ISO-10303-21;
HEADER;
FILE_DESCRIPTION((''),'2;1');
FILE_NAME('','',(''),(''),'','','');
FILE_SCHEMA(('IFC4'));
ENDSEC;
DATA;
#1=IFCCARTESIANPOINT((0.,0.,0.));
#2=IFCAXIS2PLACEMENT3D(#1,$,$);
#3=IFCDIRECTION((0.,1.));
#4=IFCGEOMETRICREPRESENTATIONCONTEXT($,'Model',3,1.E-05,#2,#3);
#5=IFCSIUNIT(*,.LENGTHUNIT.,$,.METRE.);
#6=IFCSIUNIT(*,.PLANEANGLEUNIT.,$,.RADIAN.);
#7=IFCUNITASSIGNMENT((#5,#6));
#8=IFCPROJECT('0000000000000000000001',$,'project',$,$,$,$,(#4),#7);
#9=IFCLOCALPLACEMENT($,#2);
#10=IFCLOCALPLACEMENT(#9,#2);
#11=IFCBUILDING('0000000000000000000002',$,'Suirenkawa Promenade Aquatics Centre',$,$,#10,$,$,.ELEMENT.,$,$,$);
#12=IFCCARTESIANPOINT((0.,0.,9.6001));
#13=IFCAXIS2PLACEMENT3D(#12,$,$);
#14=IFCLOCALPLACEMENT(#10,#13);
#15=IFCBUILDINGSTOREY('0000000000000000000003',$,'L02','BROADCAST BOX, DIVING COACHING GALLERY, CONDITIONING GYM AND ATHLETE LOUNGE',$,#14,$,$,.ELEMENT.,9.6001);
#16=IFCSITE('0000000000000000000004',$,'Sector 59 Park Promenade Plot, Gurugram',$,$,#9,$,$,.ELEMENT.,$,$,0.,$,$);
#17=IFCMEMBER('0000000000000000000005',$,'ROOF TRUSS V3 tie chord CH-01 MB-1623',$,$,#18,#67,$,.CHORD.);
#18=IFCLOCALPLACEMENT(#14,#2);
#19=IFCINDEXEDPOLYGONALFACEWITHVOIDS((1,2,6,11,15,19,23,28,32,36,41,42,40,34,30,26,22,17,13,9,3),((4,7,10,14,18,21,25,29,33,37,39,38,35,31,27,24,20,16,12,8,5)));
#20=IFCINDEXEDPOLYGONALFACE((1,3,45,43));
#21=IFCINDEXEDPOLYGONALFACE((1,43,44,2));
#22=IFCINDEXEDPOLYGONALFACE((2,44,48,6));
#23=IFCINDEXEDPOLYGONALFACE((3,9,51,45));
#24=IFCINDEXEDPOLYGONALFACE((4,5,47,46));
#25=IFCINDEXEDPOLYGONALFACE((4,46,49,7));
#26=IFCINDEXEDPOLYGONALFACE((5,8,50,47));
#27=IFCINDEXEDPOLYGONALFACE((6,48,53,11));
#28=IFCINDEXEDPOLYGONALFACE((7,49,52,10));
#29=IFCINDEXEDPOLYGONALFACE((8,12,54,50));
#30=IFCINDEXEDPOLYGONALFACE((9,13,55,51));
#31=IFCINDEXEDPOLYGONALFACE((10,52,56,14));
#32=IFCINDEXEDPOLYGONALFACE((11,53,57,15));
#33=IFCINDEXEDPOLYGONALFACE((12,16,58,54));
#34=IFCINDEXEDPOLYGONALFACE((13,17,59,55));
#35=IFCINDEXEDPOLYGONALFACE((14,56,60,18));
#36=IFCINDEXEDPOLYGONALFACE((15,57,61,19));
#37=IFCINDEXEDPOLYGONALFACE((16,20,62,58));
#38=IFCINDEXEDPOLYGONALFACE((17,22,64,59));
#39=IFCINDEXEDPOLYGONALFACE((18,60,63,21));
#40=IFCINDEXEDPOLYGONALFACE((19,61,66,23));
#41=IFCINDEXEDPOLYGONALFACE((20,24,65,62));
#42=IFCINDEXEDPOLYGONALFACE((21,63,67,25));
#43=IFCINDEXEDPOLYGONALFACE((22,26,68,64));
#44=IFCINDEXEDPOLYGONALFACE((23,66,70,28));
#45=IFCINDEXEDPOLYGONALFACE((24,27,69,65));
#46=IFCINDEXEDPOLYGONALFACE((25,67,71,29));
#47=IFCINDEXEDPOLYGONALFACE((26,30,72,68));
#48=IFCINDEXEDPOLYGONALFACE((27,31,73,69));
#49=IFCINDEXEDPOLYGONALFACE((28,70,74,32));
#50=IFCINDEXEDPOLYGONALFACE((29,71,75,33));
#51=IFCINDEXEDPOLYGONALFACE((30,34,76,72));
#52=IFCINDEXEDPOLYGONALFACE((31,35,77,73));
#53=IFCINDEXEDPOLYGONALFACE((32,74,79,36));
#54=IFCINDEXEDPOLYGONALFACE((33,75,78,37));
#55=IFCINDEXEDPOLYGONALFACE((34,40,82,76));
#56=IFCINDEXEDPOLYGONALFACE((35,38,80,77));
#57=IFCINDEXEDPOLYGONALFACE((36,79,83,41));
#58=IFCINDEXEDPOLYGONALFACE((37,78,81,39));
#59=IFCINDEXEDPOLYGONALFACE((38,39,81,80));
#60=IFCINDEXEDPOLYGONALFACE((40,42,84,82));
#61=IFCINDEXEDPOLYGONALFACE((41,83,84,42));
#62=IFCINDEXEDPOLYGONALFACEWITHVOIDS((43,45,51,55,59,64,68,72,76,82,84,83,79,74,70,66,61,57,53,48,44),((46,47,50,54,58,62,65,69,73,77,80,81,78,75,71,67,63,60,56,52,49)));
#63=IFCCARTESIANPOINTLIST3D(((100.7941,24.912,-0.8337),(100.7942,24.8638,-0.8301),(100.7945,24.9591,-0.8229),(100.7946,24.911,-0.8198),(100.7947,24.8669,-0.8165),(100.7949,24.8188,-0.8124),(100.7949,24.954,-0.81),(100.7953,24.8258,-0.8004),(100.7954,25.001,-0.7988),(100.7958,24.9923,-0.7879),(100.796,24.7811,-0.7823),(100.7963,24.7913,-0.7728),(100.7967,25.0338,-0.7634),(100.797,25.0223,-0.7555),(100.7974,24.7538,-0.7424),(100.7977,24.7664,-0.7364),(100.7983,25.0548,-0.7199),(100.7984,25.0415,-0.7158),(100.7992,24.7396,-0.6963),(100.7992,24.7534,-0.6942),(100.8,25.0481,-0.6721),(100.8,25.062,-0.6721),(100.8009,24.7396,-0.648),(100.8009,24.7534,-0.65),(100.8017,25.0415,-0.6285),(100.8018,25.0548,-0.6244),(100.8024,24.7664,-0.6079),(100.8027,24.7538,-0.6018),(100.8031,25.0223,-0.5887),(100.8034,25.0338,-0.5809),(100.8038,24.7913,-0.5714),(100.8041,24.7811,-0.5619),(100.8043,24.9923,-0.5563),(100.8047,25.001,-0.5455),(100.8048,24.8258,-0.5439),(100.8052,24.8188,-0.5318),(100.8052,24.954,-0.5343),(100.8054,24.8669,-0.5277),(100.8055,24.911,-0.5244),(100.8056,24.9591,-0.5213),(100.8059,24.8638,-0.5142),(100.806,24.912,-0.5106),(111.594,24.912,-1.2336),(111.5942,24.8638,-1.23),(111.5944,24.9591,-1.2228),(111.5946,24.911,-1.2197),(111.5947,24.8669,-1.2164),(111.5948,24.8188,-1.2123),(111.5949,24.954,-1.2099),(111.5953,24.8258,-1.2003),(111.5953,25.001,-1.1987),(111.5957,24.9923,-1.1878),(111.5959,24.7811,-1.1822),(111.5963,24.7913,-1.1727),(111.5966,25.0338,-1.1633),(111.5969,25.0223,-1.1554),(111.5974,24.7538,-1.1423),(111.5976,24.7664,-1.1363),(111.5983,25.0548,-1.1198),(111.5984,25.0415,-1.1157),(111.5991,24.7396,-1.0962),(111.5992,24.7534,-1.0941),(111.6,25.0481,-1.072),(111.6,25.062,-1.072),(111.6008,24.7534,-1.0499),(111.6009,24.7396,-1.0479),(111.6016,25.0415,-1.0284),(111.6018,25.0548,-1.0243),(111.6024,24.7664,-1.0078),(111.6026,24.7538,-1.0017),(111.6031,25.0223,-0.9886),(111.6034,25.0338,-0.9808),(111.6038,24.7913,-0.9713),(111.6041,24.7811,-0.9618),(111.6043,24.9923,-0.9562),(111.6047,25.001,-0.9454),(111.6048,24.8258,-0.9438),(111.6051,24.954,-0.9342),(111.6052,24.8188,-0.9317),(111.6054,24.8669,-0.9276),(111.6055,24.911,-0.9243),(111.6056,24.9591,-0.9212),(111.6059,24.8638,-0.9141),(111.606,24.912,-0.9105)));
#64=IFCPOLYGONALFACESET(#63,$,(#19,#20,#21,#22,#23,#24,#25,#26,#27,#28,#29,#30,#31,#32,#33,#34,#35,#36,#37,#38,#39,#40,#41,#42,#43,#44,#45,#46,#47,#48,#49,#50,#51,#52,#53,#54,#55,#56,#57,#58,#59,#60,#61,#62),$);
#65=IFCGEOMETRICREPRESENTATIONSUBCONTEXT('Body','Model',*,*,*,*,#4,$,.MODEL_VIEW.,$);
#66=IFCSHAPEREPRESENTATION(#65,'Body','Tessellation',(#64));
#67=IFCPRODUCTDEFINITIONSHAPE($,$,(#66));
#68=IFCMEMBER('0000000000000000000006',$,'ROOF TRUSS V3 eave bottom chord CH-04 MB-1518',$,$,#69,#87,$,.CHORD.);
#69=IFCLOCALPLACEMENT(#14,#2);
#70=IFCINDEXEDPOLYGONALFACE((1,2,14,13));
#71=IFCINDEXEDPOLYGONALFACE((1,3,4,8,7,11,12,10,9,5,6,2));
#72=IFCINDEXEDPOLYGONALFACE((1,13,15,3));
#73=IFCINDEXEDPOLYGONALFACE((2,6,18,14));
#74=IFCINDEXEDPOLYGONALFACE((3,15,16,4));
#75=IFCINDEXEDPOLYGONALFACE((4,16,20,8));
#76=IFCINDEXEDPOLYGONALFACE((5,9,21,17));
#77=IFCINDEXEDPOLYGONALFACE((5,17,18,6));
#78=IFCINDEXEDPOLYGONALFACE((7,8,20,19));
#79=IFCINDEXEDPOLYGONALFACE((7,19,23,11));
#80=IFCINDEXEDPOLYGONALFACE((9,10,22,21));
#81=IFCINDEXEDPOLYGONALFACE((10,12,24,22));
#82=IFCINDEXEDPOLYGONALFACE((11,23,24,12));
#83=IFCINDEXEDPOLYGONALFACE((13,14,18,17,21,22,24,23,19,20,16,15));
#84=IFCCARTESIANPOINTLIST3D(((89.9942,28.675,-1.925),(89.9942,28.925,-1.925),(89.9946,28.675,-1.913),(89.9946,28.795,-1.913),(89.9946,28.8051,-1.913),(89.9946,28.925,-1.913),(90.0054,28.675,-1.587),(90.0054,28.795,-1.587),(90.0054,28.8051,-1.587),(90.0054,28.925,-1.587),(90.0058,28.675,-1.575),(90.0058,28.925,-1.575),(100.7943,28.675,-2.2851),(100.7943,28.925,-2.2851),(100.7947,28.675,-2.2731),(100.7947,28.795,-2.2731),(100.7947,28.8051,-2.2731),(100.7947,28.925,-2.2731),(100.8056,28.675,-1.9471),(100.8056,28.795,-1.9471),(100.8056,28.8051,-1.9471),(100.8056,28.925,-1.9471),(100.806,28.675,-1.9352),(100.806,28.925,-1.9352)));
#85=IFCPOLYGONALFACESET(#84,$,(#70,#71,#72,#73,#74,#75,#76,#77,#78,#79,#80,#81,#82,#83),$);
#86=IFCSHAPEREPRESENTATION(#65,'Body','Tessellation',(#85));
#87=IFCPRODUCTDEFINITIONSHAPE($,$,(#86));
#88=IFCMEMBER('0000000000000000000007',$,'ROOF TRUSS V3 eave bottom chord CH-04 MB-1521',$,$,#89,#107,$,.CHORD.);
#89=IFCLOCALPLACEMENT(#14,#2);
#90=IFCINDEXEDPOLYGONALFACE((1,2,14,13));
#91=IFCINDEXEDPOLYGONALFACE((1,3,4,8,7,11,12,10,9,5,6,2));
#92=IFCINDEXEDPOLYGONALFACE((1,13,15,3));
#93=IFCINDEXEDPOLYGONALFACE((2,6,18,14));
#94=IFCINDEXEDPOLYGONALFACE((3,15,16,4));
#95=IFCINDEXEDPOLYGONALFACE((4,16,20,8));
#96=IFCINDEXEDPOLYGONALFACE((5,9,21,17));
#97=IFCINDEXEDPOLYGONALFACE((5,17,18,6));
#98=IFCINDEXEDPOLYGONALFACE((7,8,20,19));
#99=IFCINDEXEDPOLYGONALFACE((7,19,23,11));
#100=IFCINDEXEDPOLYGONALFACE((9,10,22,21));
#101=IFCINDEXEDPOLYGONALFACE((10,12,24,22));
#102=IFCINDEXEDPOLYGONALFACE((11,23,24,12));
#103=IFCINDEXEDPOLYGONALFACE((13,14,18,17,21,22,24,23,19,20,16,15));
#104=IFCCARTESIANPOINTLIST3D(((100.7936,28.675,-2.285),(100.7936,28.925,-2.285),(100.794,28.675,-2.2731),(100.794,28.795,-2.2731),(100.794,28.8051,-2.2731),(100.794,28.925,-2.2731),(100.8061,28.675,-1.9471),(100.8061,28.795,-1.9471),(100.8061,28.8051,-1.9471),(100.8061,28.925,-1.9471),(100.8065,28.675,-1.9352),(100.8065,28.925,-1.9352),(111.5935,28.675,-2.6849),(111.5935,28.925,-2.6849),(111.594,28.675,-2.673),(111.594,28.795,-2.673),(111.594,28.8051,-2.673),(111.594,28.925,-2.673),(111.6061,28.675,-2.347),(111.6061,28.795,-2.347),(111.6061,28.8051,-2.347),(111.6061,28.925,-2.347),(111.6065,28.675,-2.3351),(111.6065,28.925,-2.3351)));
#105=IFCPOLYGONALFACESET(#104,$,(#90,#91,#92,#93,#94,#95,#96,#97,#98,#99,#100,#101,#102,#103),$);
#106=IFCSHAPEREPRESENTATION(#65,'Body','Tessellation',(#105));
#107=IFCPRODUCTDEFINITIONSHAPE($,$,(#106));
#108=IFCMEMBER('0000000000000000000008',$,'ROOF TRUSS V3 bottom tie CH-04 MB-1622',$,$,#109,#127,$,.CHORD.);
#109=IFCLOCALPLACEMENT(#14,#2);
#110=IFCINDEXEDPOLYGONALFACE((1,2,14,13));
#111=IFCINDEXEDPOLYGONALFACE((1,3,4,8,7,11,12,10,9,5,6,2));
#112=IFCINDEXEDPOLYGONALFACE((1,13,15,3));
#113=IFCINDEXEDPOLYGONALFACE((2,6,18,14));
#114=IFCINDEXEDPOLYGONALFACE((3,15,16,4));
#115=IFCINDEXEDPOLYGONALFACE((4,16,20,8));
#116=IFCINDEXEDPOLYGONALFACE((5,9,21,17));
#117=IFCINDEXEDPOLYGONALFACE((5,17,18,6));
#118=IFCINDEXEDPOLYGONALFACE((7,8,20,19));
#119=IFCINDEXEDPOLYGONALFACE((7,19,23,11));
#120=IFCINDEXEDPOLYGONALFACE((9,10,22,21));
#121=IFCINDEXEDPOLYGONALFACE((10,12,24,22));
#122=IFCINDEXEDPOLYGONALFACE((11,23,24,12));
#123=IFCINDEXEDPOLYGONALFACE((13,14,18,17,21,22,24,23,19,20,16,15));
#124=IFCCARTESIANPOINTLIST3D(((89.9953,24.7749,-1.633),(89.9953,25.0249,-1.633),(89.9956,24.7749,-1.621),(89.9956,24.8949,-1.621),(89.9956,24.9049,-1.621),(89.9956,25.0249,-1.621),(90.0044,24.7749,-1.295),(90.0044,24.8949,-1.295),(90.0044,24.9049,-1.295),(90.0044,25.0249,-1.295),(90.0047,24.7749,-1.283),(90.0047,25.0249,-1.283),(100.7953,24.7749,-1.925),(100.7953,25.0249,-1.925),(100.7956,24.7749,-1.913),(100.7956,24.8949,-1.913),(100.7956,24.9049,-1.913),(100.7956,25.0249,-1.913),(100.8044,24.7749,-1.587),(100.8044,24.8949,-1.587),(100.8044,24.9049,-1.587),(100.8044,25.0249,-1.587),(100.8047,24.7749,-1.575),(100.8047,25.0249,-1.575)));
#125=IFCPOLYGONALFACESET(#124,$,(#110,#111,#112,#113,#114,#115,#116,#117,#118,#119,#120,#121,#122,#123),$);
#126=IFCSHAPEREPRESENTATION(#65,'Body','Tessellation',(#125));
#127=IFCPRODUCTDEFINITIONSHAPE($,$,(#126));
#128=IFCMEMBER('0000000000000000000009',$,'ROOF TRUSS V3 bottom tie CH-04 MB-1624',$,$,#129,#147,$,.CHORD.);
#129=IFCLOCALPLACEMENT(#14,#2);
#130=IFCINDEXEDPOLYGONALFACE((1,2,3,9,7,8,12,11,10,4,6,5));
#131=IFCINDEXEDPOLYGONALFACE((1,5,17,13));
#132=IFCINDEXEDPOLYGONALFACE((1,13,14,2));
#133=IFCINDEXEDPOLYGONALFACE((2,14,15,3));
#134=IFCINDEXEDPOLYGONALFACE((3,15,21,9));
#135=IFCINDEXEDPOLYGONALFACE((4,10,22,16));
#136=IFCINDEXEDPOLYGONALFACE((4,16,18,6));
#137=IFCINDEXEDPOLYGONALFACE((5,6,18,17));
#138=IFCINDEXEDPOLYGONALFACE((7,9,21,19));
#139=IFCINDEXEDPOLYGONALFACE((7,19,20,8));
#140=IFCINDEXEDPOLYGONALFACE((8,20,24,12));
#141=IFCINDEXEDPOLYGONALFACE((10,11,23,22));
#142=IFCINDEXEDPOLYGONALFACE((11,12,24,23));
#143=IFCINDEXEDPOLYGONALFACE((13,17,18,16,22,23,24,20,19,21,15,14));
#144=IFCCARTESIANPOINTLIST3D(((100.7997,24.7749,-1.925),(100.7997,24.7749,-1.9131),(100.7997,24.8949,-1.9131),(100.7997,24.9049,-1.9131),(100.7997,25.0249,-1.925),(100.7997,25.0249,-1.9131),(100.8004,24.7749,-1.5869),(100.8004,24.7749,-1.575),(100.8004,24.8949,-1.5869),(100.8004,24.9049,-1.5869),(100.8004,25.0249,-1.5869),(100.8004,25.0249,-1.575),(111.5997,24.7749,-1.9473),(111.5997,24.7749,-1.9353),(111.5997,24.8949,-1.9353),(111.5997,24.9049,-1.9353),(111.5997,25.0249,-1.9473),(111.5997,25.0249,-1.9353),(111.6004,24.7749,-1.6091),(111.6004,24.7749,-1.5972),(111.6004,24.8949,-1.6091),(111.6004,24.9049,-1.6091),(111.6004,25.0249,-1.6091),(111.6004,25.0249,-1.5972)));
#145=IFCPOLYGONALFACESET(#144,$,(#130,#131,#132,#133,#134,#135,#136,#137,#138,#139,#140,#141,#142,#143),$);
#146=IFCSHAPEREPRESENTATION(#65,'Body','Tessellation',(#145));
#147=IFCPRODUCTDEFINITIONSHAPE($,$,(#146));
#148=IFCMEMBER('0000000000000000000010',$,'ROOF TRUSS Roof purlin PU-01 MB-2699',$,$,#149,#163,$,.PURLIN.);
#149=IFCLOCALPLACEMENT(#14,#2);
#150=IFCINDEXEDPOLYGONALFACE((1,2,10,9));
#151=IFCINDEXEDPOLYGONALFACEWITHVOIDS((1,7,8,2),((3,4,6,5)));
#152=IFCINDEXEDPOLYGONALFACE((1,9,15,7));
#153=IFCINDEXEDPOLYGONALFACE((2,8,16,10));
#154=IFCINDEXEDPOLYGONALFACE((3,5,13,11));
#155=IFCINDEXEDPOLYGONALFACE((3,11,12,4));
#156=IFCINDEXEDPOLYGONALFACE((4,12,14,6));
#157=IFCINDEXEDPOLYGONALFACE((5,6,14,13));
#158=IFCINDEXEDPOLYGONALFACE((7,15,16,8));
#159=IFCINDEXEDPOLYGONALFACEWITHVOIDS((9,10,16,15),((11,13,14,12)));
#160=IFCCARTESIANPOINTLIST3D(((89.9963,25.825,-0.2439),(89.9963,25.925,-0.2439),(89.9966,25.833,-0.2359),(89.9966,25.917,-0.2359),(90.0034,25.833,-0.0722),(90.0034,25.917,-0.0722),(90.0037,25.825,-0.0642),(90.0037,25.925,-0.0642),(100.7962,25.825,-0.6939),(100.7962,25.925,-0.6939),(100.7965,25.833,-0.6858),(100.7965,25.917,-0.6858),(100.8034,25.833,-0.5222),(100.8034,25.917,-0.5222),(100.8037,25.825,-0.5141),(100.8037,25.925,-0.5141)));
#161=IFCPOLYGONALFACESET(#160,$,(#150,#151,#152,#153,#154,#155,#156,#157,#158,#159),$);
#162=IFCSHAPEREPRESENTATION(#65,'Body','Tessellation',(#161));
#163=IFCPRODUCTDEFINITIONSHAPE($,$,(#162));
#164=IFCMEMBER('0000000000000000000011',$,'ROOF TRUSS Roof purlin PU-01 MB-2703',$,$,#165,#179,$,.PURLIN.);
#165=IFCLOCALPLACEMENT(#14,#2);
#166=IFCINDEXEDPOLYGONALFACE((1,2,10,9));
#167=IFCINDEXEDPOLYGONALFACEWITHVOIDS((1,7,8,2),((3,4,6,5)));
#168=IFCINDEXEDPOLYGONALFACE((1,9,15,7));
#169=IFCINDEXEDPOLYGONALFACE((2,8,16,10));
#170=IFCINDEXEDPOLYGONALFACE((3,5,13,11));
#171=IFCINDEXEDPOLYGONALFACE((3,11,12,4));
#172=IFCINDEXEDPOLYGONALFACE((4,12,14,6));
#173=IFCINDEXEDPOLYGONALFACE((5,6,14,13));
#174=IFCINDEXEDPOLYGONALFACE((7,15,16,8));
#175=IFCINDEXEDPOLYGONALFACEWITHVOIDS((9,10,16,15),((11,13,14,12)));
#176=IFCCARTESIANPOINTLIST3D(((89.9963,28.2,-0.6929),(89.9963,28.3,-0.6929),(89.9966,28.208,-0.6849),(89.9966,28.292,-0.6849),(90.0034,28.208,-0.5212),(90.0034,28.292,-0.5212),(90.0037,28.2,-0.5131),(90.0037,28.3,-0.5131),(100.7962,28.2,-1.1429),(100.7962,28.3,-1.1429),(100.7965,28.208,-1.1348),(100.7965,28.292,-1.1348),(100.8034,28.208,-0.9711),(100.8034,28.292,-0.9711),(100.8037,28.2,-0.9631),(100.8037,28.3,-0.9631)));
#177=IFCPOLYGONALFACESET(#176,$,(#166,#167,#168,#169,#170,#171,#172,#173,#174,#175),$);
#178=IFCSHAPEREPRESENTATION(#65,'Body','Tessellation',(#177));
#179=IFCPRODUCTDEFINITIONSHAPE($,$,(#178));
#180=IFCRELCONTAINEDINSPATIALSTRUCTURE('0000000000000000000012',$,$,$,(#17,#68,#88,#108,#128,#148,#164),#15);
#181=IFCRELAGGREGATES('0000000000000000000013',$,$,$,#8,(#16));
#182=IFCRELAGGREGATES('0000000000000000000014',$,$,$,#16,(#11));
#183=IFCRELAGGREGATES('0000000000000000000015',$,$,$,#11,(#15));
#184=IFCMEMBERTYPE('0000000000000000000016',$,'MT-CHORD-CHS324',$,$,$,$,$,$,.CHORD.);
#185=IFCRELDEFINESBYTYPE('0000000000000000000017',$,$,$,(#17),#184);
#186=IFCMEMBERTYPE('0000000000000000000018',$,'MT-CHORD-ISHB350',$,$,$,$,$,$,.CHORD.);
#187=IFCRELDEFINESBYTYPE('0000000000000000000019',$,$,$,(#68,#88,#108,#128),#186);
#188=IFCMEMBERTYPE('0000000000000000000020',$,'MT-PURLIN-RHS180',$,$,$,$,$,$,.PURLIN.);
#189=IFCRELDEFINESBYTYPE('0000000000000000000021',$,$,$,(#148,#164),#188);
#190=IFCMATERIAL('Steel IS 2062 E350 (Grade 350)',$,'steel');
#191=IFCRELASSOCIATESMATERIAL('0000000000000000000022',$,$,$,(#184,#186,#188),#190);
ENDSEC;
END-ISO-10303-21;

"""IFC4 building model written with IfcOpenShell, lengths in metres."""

from ifc_helpers import new_model, si_unit, direction, frame, origin, origin_2d, place, context, subcontext, project, spatial, hollow_rectangle, hollow_circle, i_section, extrude, material, material_profile, profile_set, type_object, element, save


model = new_model("IFC4")

# Units and contexts
model_context = context("Model", 3, precision=1e-05, world=origin(), true_north=direction((0.0, 1.0)))
body_context = subcontext(model_context, "Body", "Model", "MODEL_VIEW")
ifc_project = project(units=[si_unit("LENGTHUNIT", "METRE"), si_unit("PLANEANGLEUNIT", "RADIAN")], contexts=[model_context])

# Site, building, storey
site_placement = place(None, origin())
site = spatial("IfcSite", under=ifc_project, at=site_placement, Name="Sector 59 Park Promenade Plot, Gurugram", CompositionType="ELEMENT", RefElevation=0.0)
building_placement = place(site_placement, origin())
building = spatial("IfcBuilding", under=site, at=building_placement, Name="Suirenkawa Promenade Aquatics Centre", CompositionType="ELEMENT")
storey_placement = place(building_placement, frame((0.0, 0.0, 9.6001)))
storey = spatial("IfcBuildingStorey", under=building, at=storey_placement, Name="L02", Description="BROADCAST BOX, DIVING COACHING GALLERY, CONDITIONING GYM AND ATHLETE LOUNGE", CompositionType="ELEMENT", Elevation=9.6001)

# Shared definitions
ifc_material = material(Name="Steel IS 2062 E350 (Grade 350)", Category="steel")

# Members
ifc_material_profile_1 = material_profile(ifc_material, hollow_circle(Radius=0.1621, WallThickness=0.0139, at=origin_2d()), Name="CHS 324x14", Category="steel")
ifc_profile_set_1 = profile_set([ifc_material_profile_1], Name="Steel IS 2062 E350 (Grade 350)")
member_type_1 = type_object("IfcMemberType", Name="MT-CHORD-CHS324", PredefinedType="CHORD", material=ifc_profile_set_1)
member_1_placement = place(storey_placement, frame((100.8, 24.8999, -0.6721), z_axis=(0.999315, 0.0, -0.037002), x_axis=(0.0, 1.0, 0.0)))
element("IfcMember", 1, at=member_1_placement, inside=storey, type_object=member_type_1, Name="ROOF TRUSS V3 tie chord CH-01 MB-1623", PredefinedType="CHORD", context=body_context, shape_type="SweptSolid", body=[
    extrude(hollow_circle(Radius=0.1621, WallThickness=0.0139, at=origin_2d()), origin(), (0.0, 0.0, 1.0), 10.8074),
])
ifc_material_profile_2 = material_profile(ifc_material, i_section(OverallWidth=0.25, OverallDepth=0.3501, WebThickness=0.01, FlangeThickness=0.012, at=origin_2d()), Name="ISHB 350", Category="steel")
ifc_profile_set_2 = profile_set([ifc_material_profile_2], Name="Steel IS 2062 E350 (Grade 350)")
member_type_2 = type_object("IfcMemberType", Name="MT-CHORD-ISHB350", PredefinedType="CHORD", material=ifc_profile_set_2)
member_2_placement = place(storey_placement, frame((90.0, 28.8, -1.75), z_axis=(0.999445, 0.0, -0.033325), x_axis=(0.0, 1.0, 0.0)))
element("IfcMember", 2, at=member_2_placement, inside=storey, type_object=member_type_2, Name="ROOF TRUSS V3 eave bottom chord CH-04 MB-1518", PredefinedType="CHORD", context=body_context, shape_type="SweptSolid", body=[
    extrude(i_section(OverallWidth=0.25, OverallDepth=0.3501, WebThickness=0.01, FlangeThickness=0.012, at=origin_2d()), origin(), (0.0, 0.0, 1.0), 10.8062),
])
member_3_placement = place(storey_placement, frame((100.8, 28.8, -2.1101), z_axis=(0.999315, 0.0, -0.037002), x_axis=(0.0, 1.0, 0.0)))
element("IfcMember", 3, at=member_3_placement, inside=storey, type_object=member_type_2, Name="ROOF TRUSS V3 eave bottom chord CH-04 MB-1521", PredefinedType="CHORD", context=body_context, shape_type="SweptSolid", body=[
    extrude(i_section(OverallWidth=0.25, OverallDepth=0.3501, WebThickness=0.01, FlangeThickness=0.012, at=origin_2d()), origin(), (0.0, 0.0, 1.0), 10.8074),
])
member_4_placement = place(storey_placement, frame((90.0, 24.8999, -1.458), z_axis=(0.999635, 0.0, -0.027026), x_axis=(0.0, 1.0, 0.0)))
element("IfcMember", 4, at=member_4_placement, inside=storey, type_object=member_type_2, Name="ROOF TRUSS V3 bottom tie CH-04 MB-1622", PredefinedType="CHORD", context=body_context, shape_type="SweptSolid", body=[
    extrude(i_section(OverallWidth=0.25, OverallDepth=0.3501, WebThickness=0.01, FlangeThickness=0.012, at=origin_2d()), origin(), (0.0, 0.0, 1.0), 10.804),
])
member_5_placement = place(storey_placement, frame((100.8, 24.8999, -1.75), z_axis=(0.999998, 0.0, -0.002057), x_axis=(0.0, 1.0, 0.0)))
element("IfcMember", 5, at=member_5_placement, inside=storey, type_object=member_type_2, Name="ROOF TRUSS V3 bottom tie CH-04 MB-1624", PredefinedType="CHORD", context=body_context, shape_type="SweptSolid", body=[
    extrude(i_section(OverallWidth=0.25, OverallDepth=0.3501, WebThickness=0.01, FlangeThickness=0.012, at=origin_2d()), origin(), (0.0, 0.0, 1.0), 10.8),
])
ifc_material_profile_3 = material_profile(ifc_material, hollow_rectangle(XDim=0.1001, YDim=0.1799, WallThickness=0.0081, at=origin_2d()), Name="RHS 180x100x8", Category="steel")
ifc_profile_set_3 = profile_set([ifc_material_profile_3], Name="Steel IS 2062 E350 (Grade 350)")
member_type_3 = type_object("IfcMemberType", Name="MT-PURLIN-RHS180", PredefinedType="PURLIN", material=ifc_profile_set_3)
for number, where, z_axis, x_axis, name in (
    (6, (90.0, 25.875, -0.1541), (0.999133, 0.0, -0.041626), (0.0, 1.0, 0.0), "ROOF TRUSS Roof purlin PU-01 MB-2699"),
    (7, (90.0, 28.25, -0.603), (0.999133, 0.0, -0.041626), (0.0, 1.0, 0.0), "ROOF TRUSS Roof purlin PU-01 MB-2703"),
):
    element("IfcMember", number, at=place(storey_placement, frame(where, z_axis=z_axis, x_axis=x_axis)), inside=storey, type_object=member_type_3, Name=name, PredefinedType="PURLIN", context=body_context, shape_type="SweptSolid", body=[
        extrude(hollow_rectangle(XDim=0.1001, YDim=0.1799, WallThickness=0.0081, at=origin_2d()), origin(), (0.0, 0.0, 1.0), 10.8093),
    ])

save(model, "model.ifc")
